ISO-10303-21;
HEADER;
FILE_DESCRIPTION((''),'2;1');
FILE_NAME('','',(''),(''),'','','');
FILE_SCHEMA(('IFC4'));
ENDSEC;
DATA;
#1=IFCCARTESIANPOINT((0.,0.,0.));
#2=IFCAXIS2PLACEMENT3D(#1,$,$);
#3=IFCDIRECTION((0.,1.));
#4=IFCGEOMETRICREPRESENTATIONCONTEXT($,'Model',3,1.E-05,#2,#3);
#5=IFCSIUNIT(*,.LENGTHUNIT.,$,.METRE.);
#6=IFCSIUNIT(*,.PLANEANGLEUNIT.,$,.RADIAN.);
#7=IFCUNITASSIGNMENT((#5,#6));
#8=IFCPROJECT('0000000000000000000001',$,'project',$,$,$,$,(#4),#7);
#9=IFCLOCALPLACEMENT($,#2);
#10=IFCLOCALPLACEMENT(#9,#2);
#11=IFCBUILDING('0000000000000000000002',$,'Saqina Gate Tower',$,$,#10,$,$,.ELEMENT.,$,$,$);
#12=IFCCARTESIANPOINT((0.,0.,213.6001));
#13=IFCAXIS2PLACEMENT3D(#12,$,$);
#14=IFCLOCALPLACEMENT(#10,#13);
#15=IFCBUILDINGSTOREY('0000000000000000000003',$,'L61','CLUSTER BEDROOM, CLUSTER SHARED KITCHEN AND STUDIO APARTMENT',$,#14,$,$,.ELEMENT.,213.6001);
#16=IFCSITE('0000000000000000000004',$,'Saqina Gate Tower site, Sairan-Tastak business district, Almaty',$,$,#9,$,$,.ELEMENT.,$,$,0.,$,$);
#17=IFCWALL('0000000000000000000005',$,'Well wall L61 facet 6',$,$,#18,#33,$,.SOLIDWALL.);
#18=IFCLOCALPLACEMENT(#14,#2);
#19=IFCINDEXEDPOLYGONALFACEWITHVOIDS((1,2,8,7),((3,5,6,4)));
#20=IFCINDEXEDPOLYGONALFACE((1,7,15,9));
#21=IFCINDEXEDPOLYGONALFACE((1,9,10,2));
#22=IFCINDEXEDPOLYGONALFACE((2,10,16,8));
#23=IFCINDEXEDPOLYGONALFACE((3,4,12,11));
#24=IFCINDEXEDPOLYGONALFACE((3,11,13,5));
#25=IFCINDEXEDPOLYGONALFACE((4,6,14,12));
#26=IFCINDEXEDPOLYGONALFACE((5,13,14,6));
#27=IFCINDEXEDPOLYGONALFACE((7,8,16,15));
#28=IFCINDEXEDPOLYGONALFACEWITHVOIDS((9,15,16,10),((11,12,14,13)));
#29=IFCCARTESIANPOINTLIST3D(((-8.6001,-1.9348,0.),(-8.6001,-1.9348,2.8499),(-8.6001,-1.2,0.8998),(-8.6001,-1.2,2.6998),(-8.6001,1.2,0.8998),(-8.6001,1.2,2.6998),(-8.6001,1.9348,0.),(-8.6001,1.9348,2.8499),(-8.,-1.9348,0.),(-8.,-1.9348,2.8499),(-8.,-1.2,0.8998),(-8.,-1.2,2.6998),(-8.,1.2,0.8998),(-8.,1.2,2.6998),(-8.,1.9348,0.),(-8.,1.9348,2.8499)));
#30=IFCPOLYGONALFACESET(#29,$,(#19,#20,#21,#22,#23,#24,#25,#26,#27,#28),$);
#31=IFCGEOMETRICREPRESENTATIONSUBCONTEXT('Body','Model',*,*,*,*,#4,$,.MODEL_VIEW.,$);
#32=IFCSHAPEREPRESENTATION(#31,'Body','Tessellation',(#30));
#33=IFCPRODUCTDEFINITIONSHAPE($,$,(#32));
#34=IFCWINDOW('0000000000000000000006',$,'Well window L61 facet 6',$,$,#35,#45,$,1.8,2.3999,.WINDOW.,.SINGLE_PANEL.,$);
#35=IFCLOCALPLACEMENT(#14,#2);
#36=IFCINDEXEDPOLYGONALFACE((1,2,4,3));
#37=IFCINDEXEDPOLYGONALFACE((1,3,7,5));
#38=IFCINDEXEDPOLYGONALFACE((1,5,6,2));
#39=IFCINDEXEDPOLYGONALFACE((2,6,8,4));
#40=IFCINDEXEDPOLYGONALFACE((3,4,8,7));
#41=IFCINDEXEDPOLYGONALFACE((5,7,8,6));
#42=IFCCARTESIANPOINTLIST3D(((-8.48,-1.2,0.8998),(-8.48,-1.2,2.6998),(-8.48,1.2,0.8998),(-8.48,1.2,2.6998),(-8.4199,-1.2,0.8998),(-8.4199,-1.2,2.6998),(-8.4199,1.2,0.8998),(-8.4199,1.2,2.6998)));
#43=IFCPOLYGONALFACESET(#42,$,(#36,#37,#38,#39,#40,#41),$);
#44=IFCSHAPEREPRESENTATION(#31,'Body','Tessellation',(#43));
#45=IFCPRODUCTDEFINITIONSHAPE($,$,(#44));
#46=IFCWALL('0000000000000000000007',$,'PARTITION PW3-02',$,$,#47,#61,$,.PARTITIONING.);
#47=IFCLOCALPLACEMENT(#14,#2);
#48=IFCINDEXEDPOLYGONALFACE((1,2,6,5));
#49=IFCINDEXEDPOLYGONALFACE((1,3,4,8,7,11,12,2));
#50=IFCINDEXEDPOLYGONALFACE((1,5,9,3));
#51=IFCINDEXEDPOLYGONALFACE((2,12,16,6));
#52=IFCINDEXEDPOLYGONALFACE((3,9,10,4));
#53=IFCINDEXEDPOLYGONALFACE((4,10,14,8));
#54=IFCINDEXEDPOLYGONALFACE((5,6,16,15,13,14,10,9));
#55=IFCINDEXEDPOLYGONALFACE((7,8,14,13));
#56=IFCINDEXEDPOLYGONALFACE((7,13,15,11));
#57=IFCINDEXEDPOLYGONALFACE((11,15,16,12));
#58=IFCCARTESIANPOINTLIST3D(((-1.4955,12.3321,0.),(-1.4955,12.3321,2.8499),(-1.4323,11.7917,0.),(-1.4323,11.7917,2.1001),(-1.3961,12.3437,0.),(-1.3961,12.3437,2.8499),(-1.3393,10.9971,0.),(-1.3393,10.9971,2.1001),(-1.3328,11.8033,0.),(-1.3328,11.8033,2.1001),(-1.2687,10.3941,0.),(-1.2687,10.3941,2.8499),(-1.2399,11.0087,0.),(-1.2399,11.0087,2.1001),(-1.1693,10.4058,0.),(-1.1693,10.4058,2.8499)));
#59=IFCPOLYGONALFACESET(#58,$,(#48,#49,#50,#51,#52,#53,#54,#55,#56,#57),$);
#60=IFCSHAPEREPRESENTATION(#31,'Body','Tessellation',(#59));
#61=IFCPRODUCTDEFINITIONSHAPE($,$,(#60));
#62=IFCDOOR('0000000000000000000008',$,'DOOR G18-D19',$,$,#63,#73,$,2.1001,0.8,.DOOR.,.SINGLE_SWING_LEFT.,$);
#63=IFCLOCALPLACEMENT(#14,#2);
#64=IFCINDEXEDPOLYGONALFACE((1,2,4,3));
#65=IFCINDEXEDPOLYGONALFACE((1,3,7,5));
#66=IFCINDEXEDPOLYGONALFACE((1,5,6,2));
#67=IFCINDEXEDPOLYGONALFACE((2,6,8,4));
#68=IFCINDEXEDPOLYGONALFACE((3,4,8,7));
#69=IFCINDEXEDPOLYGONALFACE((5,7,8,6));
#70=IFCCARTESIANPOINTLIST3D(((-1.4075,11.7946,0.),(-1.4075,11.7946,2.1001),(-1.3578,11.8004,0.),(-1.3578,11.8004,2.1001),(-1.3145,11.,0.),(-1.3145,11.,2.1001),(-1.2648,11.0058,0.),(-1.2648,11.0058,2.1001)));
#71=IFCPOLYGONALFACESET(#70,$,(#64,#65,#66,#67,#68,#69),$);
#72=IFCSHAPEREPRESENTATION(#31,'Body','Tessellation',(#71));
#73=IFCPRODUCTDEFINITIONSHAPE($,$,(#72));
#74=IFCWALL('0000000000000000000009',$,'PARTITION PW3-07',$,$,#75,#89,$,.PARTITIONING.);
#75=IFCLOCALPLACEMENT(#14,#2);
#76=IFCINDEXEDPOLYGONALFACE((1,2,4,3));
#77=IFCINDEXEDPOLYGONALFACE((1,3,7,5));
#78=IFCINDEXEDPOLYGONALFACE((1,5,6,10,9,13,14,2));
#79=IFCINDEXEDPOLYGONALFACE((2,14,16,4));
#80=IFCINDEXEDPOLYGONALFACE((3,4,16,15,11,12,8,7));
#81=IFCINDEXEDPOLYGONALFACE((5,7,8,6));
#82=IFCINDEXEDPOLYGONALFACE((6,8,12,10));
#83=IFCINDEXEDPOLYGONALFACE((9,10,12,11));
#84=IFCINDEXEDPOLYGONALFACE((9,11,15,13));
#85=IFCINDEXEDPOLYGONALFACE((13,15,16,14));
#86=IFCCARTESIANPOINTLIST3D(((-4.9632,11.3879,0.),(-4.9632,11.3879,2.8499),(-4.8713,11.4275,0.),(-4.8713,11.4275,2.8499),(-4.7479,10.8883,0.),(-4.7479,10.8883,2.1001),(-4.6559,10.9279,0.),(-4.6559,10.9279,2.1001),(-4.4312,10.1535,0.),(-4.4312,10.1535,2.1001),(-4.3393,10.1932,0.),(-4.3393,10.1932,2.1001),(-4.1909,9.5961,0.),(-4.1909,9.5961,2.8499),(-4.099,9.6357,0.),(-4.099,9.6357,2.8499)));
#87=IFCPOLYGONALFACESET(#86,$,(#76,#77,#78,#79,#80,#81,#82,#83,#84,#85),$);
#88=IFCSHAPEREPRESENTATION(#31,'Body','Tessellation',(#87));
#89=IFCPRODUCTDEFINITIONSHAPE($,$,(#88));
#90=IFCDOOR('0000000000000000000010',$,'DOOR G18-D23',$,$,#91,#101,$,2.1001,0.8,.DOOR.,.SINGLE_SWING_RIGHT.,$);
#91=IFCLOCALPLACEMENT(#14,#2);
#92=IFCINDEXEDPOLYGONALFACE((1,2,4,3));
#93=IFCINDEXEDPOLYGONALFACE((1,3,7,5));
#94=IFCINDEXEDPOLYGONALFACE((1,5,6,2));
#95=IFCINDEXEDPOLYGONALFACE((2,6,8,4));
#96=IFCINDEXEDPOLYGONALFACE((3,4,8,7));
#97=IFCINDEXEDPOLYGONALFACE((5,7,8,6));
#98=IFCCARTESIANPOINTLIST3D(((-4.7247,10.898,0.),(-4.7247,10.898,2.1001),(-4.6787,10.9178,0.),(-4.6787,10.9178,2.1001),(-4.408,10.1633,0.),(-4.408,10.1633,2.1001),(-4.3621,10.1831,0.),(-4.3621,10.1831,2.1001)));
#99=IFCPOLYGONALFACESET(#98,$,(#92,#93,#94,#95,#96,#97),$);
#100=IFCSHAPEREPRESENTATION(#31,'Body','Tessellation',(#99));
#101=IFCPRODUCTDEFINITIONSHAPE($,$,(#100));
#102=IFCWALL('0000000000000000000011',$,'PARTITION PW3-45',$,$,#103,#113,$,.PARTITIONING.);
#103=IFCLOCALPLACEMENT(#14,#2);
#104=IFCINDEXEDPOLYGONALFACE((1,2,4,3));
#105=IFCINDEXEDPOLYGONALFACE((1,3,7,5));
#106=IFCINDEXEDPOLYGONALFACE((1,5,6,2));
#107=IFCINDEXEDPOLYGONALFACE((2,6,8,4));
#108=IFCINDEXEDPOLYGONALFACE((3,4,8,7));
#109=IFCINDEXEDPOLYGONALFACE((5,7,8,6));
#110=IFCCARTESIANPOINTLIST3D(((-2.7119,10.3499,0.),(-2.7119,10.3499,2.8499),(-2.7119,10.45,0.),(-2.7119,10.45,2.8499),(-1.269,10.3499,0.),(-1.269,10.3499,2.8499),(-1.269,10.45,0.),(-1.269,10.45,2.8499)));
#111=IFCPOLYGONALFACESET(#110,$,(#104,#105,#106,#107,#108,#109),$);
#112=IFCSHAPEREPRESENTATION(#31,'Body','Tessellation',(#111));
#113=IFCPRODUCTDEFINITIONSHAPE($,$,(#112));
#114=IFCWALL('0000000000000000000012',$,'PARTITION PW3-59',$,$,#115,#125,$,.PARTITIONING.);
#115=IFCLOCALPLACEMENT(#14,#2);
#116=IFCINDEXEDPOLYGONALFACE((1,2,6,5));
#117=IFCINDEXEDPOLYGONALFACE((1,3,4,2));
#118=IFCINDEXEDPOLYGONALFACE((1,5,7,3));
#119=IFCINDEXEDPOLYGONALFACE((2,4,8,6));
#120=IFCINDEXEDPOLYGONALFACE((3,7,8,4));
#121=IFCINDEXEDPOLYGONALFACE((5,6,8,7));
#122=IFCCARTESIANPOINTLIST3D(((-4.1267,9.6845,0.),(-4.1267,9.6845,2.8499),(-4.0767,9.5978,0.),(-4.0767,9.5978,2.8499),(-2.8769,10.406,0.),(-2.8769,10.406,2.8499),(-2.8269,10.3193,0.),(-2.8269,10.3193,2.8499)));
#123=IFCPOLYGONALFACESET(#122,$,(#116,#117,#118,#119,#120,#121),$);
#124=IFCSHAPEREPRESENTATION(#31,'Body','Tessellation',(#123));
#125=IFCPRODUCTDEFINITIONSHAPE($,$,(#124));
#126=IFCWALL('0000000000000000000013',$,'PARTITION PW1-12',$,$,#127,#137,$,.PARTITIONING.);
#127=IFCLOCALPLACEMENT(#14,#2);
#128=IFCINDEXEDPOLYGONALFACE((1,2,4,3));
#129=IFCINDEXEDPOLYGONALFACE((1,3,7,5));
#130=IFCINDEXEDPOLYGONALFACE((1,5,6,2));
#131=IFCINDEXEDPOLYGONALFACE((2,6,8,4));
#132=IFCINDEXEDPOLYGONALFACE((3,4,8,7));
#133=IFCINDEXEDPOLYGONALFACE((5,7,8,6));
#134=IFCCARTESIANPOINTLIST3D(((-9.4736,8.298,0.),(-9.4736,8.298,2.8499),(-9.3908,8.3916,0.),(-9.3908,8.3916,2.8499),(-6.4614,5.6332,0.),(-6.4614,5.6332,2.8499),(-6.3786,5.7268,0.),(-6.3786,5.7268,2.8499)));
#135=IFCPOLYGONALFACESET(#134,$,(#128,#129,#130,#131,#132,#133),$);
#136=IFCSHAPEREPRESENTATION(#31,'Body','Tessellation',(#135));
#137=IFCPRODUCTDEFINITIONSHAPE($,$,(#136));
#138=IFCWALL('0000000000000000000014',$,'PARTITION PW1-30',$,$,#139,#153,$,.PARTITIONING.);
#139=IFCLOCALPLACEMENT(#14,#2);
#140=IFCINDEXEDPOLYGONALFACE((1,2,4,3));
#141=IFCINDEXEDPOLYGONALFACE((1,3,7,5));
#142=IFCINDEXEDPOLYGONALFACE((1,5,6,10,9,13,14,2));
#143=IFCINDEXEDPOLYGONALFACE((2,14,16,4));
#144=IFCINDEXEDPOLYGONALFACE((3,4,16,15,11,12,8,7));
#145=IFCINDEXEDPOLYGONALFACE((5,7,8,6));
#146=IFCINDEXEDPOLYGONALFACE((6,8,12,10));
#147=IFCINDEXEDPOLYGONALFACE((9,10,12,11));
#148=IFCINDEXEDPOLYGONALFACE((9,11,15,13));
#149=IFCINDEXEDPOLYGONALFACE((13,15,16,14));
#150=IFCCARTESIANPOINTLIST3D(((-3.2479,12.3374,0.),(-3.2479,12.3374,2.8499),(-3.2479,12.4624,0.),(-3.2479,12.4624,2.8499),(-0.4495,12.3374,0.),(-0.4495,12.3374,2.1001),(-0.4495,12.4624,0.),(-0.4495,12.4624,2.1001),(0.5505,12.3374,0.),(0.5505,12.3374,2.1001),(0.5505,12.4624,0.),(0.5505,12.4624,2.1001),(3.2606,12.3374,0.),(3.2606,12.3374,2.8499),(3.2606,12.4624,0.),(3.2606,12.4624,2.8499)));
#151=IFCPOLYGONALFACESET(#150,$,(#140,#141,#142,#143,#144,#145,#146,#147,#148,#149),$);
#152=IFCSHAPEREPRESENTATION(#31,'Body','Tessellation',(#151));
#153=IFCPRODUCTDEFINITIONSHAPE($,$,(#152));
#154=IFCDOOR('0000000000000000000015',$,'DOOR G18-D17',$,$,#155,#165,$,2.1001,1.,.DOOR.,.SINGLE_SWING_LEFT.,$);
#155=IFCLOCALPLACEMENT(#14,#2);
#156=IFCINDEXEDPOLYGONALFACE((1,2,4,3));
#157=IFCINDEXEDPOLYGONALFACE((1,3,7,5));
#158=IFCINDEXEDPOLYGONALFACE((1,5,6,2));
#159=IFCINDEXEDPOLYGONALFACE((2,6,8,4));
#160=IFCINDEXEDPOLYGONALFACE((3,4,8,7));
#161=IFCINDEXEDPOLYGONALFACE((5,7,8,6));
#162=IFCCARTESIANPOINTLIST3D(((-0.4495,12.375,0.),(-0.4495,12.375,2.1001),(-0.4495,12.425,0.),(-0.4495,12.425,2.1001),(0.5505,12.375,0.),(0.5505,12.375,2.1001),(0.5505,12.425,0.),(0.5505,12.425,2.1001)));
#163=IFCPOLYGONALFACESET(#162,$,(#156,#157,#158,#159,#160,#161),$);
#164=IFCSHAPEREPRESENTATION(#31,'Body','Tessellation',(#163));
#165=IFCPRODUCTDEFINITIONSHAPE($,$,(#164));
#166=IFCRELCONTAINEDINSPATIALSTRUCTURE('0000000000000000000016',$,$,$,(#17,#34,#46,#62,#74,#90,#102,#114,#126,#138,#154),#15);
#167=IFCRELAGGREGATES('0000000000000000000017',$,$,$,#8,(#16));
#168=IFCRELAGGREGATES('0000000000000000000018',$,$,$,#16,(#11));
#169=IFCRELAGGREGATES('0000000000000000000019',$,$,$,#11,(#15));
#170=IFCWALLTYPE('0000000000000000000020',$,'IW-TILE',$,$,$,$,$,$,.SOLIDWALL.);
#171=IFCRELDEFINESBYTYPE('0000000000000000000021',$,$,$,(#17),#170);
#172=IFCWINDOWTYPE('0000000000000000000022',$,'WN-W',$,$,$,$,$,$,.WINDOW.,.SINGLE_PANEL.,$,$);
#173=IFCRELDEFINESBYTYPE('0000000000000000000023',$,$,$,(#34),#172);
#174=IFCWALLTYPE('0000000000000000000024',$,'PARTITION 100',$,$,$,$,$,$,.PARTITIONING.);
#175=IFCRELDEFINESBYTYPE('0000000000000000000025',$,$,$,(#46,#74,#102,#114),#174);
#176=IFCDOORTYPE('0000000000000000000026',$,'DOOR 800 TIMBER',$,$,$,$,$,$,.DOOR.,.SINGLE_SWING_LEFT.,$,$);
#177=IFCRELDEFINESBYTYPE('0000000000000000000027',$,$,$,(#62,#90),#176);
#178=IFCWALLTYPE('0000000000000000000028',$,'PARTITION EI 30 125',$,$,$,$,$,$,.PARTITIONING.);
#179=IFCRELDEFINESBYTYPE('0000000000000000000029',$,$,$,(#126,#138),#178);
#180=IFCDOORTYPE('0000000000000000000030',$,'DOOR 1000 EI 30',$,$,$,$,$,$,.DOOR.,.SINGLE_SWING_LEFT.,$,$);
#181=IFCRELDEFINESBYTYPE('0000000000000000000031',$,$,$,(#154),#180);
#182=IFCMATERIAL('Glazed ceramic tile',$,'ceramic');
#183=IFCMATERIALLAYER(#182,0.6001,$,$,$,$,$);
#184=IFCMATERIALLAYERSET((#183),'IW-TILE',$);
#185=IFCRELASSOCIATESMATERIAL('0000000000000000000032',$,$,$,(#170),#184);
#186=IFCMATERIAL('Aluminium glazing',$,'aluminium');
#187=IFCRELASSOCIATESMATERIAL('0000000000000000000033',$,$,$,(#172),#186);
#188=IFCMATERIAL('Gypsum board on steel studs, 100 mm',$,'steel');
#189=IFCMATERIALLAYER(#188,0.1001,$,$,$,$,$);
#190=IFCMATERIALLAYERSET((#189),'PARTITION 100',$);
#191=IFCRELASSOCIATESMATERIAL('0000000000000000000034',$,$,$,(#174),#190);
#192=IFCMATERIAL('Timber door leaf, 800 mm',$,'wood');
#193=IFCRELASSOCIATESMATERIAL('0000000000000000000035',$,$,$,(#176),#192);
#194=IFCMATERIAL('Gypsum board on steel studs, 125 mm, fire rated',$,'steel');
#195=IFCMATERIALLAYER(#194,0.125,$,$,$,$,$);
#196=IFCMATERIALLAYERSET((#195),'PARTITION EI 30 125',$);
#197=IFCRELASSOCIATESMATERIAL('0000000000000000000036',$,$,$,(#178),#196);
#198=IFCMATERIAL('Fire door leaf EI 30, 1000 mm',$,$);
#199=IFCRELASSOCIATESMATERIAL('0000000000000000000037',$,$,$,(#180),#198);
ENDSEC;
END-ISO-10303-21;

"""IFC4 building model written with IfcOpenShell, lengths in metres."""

from ifc_helpers import new_model, si_unit, direction, frame, frame_2d, origin, place, context, subcontext, project, spatial, rectangle, extrude, material, layer, layer_set, type_object, element, fill, save


model = new_model("IFC4")

# Units and contexts
model_context = context("Model", 3, precision=1e-05, world=origin(), true_north=direction((0.0, 1.0)))
body_context = subcontext(model_context, "Body", "Model", "MODEL_VIEW")
ifc_project = project(units=[si_unit("LENGTHUNIT", "METRE"), si_unit("PLANEANGLEUNIT", "RADIAN")], contexts=[model_context])

# Site, building, storey
site_placement = place(None, origin())
site = spatial("IfcSite", under=ifc_project, at=site_placement, Name="Saqina Gate Tower site, Sairan-Tastak business district, Almaty", CompositionType="ELEMENT", RefElevation=0.0)
building_placement = place(site_placement, origin())
building = spatial("IfcBuilding", under=site, at=building_placement, Name="Saqina Gate Tower", CompositionType="ELEMENT")
storey_placement = place(building_placement, frame((0.0, 0.0, 213.6001)))
storey = spatial("IfcBuildingStorey", under=building, at=storey_placement, Name="L61", Description="CLUSTER BEDROOM, CLUSTER SHARED KITCHEN AND STUDIO APARTMENT", CompositionType="ELEMENT", Elevation=213.6001)

# Wall, opening, window
ifc_material_1 = material(Name="Glazed ceramic tile", Category="ceramic")
ifc_layer_1 = layer(ifc_material_1, 0.6001)
ifc_layer_set_1 = layer_set([ifc_layer_1], Name="IW-TILE")
wall_type_1 = type_object("IfcWallType", Name="IW-TILE", PredefinedType="SOLIDWALL", material=ifc_layer_set_1)
ifc_material_2 = material(Name="Aluminium glazing", Category="aluminium")
window_type = type_object("IfcWindowType", Name="WN-W", PartitioningType="SINGLE_PANEL", PredefinedType="WINDOW", material=ifc_material_2)
wall_1_placement = place(storey_placement, frame((-8.3, 1.9348, 0.0), z_axis=(0.0, 0.0, 1.0), x_axis=(0.0, -1.0, 0.0)))
wall_1 = element("IfcWall", 1, at=wall_1_placement, inside=storey, type_object=wall_type_1, Name="Well wall L61 facet 6", PredefinedType="SOLIDWALL", context=body_context, shape_type="SweptSolid", body=[
    extrude(rectangle(XDim=3.8696, YDim=0.6001, at=frame_2d((1.9348, 0.0))), origin(), (0.0, 0.0, 1.0), 2.8499),
])
opening_1_placement = place(wall_1_placement, frame((0.7349, 0.0, 0.8999)))
opening_1 = element("IfcOpeningElement", 2, at=opening_1_placement, cuts=wall_1, PredefinedType="OPENING", context=body_context, shape_type="SweptSolid", body=[
    extrude(rectangle(XDim=2.3999, YDim=1.8, at=frame_2d((1.2, 0.8999))), frame((0.0, 0.312, 0.0), z_axis=(0.0, -1.0, 0.0), x_axis=(1.0, 0.0, 0.0)), (0.0, 0.0, 1.0), 0.624),
])
window_1_placement = place(opening_1_placement, origin())
window_1 = element("IfcWindow", 3, at=window_1_placement, inside=storey, type_object=window_type, Name="Well window L61 facet 6", OverallHeight=1.8, OverallWidth=2.3999, PartitioningType="SINGLE_PANEL", PredefinedType="WINDOW", context=body_context, shape_type="SweptSolid", body=[
    extrude(rectangle(XDim=2.3999, YDim=1.8, at=frame_2d((1.2, 0.8999))), frame((0.0, -0.1199, 0.0), z_axis=(0.0, -1.0, 0.0), x_axis=(1.0, 0.0, 0.0)), (0.0, 0.0, 1.0), 0.0601),
])
fill(opening_1, window_1)

# Walls, openings, doors
ifc_material_3 = material(Name="Gypsum board on steel studs, 100 mm", Category="steel")
ifc_layer_2 = layer(ifc_material_3, 0.1001)
ifc_layer_set_2 = layer_set([ifc_layer_2], Name="PARTITION 100")
wall_type_2 = type_object("IfcWallType", Name="PARTITION 100", PredefinedType="PARTITIONING", material=ifc_layer_set_2)
wall_2_placement = place(storey_placement, frame((-1.4458, 12.3379, 0.0), z_axis=(0.0, 0.0, 1.0), x_axis=(0.116239, -0.993221, 0.0)))
wall_2 = element("IfcWall", 4, at=wall_2_placement, inside=storey, type_object=wall_type_2, Name="PARTITION PW3-02", PredefinedType="PARTITIONING", context=body_context, shape_type="SweptSolid", body=[
    extrude(rectangle(XDim=1.9512, YDim=0.1001, at=frame_2d((0.9756, 0.0))), origin(), (0.0, 0.0, 1.0), 2.8499),
])
opening_2_placement = place(wall_2_placement, frame((0.5442, 0.0, 0.0)))
opening_2 = element("IfcOpeningElement", 5, at=opening_2_placement, cuts=wall_2, PredefinedType="OPENING", context=body_context, shape_type="SweptSolid", body=[
    extrude(rectangle(XDim=0.8, YDim=2.1001, at=frame_2d((0.3999, 1.05))), frame((0.0, 0.062, 0.0), z_axis=(0.0, -1.0, 0.0), x_axis=(1.0, 0.0, 0.0)), (0.0, 0.0, 1.0), 0.124),
])
ifc_material_4 = material(Name="Timber door leaf, 800 mm", Category="wood")
door_type_1 = type_object("IfcDoorType", Name="DOOR 800 TIMBER", OperationType="SINGLE_SWING_LEFT", PredefinedType="DOOR", material=ifc_material_4)
door_1_placement = place(opening_2_placement, origin())
door_1 = element("IfcDoor", 6, at=door_1_placement, inside=storey, type_object=door_type_1, Name="DOOR G18-D19", OperationType="SINGLE_SWING_LEFT", OverallHeight=2.1001, OverallWidth=0.8, PredefinedType="DOOR", context=body_context, shape_type="SweptSolid", body=[
    extrude(rectangle(XDim=0.8, YDim=2.1001, at=frame_2d((0.3999, 1.05))), frame((0.0, 0.0249, 0.0), z_axis=(0.0, -1.0, 0.0), x_axis=(1.0, 0.0, 0.0)), (0.0, 0.0, 1.0), 0.05),
])
fill(opening_2, door_1)
wall_3_placement = place(storey_placement, frame((-4.9172, 11.4077, 0.0), z_axis=(0.0, 0.0, 1.0), x_axis=(0.395791, -0.918341, 0.0)))
wall_3 = element("IfcWall", 7, at=wall_3_placement, inside=storey, type_object=wall_type_2, Name="PARTITION PW3-07", PredefinedType="PARTITIONING", context=body_context, shape_type="SweptSolid", body=[
    extrude(rectangle(XDim=1.9512, YDim=0.1001, at=frame_2d((0.9756, 0.0))), origin(), (0.0, 0.0, 1.0), 2.8499),
])
opening_3_placement = place(wall_3_placement, frame((0.5442, 0.0, 0.0)))
opening_3 = element("IfcOpeningElement", 8, at=opening_3_placement, cuts=wall_3, PredefinedType="OPENING", context=body_context, shape_type="SweptSolid", body=[
    extrude(rectangle(XDim=0.8, YDim=2.1001, at=frame_2d((0.3999, 1.05))), frame((0.0, 0.062, 0.0), z_axis=(0.0, -1.0, 0.0), x_axis=(1.0, 0.0, 0.0)), (0.0, 0.0, 1.0), 0.124),
])
door_2_placement = place(opening_3_placement, frame((0.8, 0.0, 0.0), z_axis=(0.0, 0.0, 1.0), x_axis=(-1.0, 0.0, 0.0)))
door_2 = element("IfcDoor", 9, at=door_2_placement, inside=storey, type_object=door_type_1, Name="DOOR G18-D23", OperationType="SINGLE_SWING_RIGHT", OverallHeight=2.1001, OverallWidth=0.8, PredefinedType="DOOR", context=body_context, shape_type="SweptSolid", body=[
    extrude(rectangle(XDim=0.8, YDim=2.1001, at=frame_2d((0.3999, 1.05))), frame((0.0, 0.0249, 0.0), z_axis=(0.0, -1.0, 0.0), x_axis=(1.0, 0.0, 0.0)), (0.0, 0.0, 1.0), 0.05),
])
fill(opening_3, door_2)

# Walls
wall_4_placement = place(storey_placement, frame((-2.7119, 10.3999, 0.0), z_axis=(0.0, 0.0, 1.0), x_axis=(1.0, 0.0, 0.0)))
element("IfcWall", 10, at=wall_4_placement, inside=storey, type_object=wall_type_2, Name="PARTITION PW3-45", PredefinedType="PARTITIONING", context=body_context, shape_type="SweptSolid", body=[
    extrude(rectangle(XDim=1.4429, YDim=0.1001, at=frame_2d((0.7214, 0.0))), origin(), (0.0, 0.0, 1.0), 2.8499),
])
wall_5_placement = place(storey_placement, frame((-4.1018, 9.6411, 0.0), z_axis=(0.0, 0.0, 1.0), x_axis=(0.866059, 0.499942, 0.0)))
element("IfcWall", 11, at=wall_5_placement, inside=storey, type_object=wall_type_2, Name="PARTITION PW3-59", PredefinedType="PARTITIONING", context=body_context, shape_type="SweptSolid", body=[
    extrude(rectangle(XDim=1.4431, YDim=0.1001, at=frame_2d((0.7217, 0.0))), origin(), (0.0, 0.0, 1.0), 2.8499),
])
ifc_material_5 = material(Name="Gypsum board on steel studs, 125 mm, fire rated", Category="steel")
ifc_layer_3 = layer(ifc_material_5, 0.125)
ifc_layer_set_3 = layer_set([ifc_layer_3], Name="PARTITION EI 30 125")
wall_type_3 = type_object("IfcWallType", Name="PARTITION EI 30 125", PredefinedType="PARTITIONING", material=ifc_layer_set_3)
wall_6_placement = place(storey_placement, frame((-9.4321, 8.3447, 0.0), z_axis=(0.0, 0.0, 1.0), x_axis=(0.748978, -0.662595, 0.0)))
element("IfcWall", 12, at=wall_6_placement, inside=storey, type_object=wall_type_3, Name="PARTITION PW1-12", PredefinedType="PARTITIONING", context=body_context, shape_type="SweptSolid", body=[
    extrude(rectangle(XDim=4.0217, YDim=0.125, at=frame_2d((2.0107, 0.0))), origin(), (0.0, 0.0, 1.0), 2.8499),
])

# Wall, opening, door
wall_7_placement = place(storey_placement, frame((-3.248, 12.3999, 0.0), z_axis=(0.0, 0.0, 1.0), x_axis=(1.0, 0.0, 0.0)))
wall_7 = element("IfcWall", 13, at=wall_7_placement, inside=storey, type_object=wall_type_3, Name="PARTITION PW1-30", PredefinedType="PARTITIONING", context=body_context, shape_type="SweptSolid", body=[
    extrude(rectangle(XDim=6.5085, YDim=0.125, at=frame_2d((3.2544, 0.0))), origin(), (0.0, 0.0, 1.0), 2.8499),
])
opening_4_placement = place(wall_7_placement, frame((2.7986, 0.0, 0.0)))
opening_4 = element("IfcOpeningElement", 14, at=opening_4_placement, cuts=wall_7, PredefinedType="OPENING", context=body_context, shape_type="SweptSolid", body=[
    extrude(rectangle(XDim=1.0, YDim=2.1001, at=frame_2d((0.5, 1.05))), frame((0.0, 0.0745, 0.0), z_axis=(0.0, -1.0, 0.0), x_axis=(1.0, 0.0, 0.0)), (0.0, 0.0, 1.0), 0.1489),
])
ifc_material_6 = material(Name="Fire door leaf EI 30, 1000 mm")
door_type_2 = type_object("IfcDoorType", Name="DOOR 1000 EI 30", OperationType="SINGLE_SWING_LEFT", PredefinedType="DOOR", material=ifc_material_6)
door_3_placement = place(opening_4_placement, frame((1.0, 0.0, 0.0), z_axis=(0.0, 0.0, 1.0), x_axis=(-1.0, 0.0, 0.0)))
door_3 = element("IfcDoor", 15, at=door_3_placement, inside=storey, type_object=door_type_2, Name="DOOR G18-D17", OperationType="SINGLE_SWING_LEFT", OverallHeight=2.1001, OverallWidth=1.0, PredefinedType="DOOR", context=body_context, shape_type="SweptSolid", body=[
    extrude(rectangle(XDim=1.0, YDim=2.1001, at=frame_2d((0.5, 1.05))), frame((0.0, 0.0249, 0.0), z_axis=(0.0, -1.0, 0.0), x_axis=(1.0, 0.0, 0.0)), (0.0, 0.0, 1.0), 0.05),
])
fill(opening_4, door_3)

save(model, "model.ifc")
